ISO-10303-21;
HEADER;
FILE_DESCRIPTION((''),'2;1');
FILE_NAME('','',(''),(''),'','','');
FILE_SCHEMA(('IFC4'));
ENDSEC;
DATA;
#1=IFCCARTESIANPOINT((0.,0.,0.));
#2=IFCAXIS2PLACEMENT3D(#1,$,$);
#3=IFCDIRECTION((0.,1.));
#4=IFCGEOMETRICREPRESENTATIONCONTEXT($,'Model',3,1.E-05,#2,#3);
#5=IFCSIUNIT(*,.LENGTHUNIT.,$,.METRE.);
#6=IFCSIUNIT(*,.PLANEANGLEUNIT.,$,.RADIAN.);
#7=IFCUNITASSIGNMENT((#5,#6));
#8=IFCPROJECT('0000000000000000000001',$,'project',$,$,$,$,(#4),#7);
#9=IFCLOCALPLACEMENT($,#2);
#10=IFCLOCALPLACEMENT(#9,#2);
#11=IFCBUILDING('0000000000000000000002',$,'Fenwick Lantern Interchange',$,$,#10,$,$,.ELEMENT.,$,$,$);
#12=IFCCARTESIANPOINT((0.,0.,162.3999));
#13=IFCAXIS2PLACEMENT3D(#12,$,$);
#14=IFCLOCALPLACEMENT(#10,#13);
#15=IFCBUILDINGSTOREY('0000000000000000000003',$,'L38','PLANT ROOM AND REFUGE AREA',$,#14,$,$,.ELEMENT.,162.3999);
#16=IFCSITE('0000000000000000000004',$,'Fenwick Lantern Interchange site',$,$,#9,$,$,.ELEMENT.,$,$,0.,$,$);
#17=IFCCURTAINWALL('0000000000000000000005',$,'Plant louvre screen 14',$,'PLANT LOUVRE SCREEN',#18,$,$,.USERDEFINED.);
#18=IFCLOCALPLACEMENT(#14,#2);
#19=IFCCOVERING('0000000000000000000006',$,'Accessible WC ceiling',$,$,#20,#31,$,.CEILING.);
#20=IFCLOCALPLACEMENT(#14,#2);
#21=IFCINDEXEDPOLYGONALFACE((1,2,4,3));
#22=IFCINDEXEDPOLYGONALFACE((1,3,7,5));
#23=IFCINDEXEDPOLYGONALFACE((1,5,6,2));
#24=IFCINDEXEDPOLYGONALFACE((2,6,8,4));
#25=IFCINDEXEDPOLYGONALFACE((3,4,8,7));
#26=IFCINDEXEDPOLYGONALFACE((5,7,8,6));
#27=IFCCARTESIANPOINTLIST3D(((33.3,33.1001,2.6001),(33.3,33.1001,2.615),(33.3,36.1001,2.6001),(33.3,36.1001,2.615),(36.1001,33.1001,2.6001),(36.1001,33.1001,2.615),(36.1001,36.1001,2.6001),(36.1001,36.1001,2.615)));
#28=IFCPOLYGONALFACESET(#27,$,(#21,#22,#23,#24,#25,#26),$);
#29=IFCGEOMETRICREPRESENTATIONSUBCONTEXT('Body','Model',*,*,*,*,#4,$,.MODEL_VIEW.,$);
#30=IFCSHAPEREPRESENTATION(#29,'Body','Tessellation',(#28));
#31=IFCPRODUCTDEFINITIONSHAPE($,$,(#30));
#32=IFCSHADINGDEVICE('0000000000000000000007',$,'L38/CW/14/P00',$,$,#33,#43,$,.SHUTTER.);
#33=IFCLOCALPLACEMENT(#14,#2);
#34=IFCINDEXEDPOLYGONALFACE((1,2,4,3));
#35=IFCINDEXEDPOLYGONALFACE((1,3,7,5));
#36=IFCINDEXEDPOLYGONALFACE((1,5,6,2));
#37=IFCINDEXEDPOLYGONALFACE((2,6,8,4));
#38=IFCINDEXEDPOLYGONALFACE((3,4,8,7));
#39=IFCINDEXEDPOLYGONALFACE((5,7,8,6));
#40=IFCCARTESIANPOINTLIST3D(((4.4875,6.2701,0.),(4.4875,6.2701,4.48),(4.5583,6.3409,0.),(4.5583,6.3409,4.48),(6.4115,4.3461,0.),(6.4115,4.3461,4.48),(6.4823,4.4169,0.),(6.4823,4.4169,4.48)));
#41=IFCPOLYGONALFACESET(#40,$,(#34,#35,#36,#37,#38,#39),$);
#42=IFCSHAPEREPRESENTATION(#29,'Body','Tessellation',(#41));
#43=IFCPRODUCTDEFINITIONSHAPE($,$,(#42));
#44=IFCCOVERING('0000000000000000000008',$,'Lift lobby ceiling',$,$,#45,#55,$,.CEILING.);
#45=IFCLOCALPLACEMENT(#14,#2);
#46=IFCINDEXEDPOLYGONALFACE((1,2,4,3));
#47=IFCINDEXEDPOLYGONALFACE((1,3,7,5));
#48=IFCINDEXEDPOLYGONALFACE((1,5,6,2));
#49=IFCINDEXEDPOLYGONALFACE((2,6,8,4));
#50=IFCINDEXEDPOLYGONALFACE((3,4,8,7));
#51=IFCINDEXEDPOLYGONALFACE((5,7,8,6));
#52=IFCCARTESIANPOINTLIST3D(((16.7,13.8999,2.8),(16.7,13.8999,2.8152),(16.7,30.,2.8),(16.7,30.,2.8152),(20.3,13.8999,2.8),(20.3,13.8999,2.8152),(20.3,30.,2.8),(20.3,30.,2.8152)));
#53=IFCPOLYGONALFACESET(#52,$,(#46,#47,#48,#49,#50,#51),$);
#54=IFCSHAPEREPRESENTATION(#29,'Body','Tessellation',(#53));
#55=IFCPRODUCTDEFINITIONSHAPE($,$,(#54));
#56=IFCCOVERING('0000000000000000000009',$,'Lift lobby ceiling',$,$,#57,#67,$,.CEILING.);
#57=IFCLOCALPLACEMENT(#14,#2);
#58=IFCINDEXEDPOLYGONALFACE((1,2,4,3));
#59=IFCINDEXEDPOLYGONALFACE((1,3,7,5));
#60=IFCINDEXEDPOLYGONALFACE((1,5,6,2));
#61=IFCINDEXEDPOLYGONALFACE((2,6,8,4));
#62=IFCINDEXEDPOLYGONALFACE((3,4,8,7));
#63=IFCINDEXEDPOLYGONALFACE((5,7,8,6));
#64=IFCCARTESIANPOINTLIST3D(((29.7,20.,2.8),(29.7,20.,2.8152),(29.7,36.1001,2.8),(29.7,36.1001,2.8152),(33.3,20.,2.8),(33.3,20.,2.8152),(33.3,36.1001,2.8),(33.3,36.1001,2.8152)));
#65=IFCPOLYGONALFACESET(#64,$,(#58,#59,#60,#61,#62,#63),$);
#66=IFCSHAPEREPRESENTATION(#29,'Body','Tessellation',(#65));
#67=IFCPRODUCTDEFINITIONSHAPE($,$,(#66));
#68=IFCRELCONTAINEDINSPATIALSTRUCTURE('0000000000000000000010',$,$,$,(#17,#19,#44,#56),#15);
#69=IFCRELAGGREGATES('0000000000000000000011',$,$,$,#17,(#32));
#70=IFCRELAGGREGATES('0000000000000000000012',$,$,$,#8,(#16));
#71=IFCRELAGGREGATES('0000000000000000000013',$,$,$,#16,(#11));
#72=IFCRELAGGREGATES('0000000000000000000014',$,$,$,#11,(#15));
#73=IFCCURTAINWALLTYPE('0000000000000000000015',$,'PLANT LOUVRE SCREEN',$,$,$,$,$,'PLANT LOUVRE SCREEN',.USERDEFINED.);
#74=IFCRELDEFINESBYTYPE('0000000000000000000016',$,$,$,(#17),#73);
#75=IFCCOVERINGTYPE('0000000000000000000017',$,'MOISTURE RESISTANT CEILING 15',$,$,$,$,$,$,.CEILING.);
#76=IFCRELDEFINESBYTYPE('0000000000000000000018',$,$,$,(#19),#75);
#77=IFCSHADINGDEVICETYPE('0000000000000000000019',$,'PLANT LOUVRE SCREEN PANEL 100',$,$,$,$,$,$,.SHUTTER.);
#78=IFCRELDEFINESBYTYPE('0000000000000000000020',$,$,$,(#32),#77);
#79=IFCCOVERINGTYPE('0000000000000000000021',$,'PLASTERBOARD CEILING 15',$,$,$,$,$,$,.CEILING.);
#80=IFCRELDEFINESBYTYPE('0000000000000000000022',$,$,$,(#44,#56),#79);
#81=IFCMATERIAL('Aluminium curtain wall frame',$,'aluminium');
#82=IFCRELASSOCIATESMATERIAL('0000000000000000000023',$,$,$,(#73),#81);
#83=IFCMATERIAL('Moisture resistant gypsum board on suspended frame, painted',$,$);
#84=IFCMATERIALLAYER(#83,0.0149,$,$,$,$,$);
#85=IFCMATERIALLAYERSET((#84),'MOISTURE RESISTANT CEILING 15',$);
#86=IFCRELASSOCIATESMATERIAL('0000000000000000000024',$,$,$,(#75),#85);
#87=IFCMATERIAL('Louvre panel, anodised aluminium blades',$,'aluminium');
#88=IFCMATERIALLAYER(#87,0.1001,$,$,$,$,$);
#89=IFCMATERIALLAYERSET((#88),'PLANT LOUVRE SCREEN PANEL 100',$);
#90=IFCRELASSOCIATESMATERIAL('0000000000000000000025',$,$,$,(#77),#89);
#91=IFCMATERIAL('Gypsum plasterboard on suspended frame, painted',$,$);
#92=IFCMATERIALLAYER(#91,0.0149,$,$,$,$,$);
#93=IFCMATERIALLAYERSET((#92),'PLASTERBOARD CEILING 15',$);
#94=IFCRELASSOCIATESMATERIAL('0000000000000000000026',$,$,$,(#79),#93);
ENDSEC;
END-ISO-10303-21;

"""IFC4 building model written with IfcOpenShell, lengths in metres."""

from ifc_helpers import new_model, si_unit, direction, frame, origin, origin_2d, place, context, subcontext, project, spatial, polyline, rectangle, outline, extrude, material, layer, layer_set, type_object, element, aggregate, save


model = new_model("IFC4")

# Units and contexts
model_context = context("Model", 3, precision=1e-05, world=origin(), true_north=direction((0.0, 1.0)))
body_context = subcontext(model_context, "Body", "Model", "MODEL_VIEW")
ifc_project = project(units=[si_unit("LENGTHUNIT", "METRE"), si_unit("PLANEANGLEUNIT", "RADIAN")], contexts=[model_context])

# Site, building, storey
site_placement = place(None, origin())
site = spatial("IfcSite", under=ifc_project, at=site_placement, Name="Fenwick Lantern Interchange site", CompositionType="ELEMENT", RefElevation=0.0)
building_placement = place(site_placement, origin())
building = spatial("IfcBuilding", under=site, at=building_placement, Name="Fenwick Lantern Interchange", CompositionType="ELEMENT")
storey_placement = place(building_placement, frame((0.0, 0.0, 162.3999)))
storey = spatial("IfcBuildingStorey", under=building, at=storey_placement, Name="L38", Description="PLANT ROOM AND REFUGE AREA", CompositionType="ELEMENT", Elevation=162.3999)

# Shared definitions
ifc_material_1 = material(Name="Aluminium curtain wall frame", Category="aluminium")
curtain_wall_type = type_object("IfcCurtainWallType", Name="PLANT LOUVRE SCREEN", ElementType="PLANT LOUVRE SCREEN", PredefinedType="USERDEFINED", material=ifc_material_1)

# Curtain wall
curtain_wall_1_placement = place(storey_placement, origin())
curtain_wall_1 = element("IfcCurtainWall", 1, at=curtain_wall_1_placement, inside=storey, type_object=curtain_wall_type, Name="Plant louvre screen 14", ObjectType="PLANT LOUVRE SCREEN", PredefinedType="USERDEFINED")

# Covering
ifc_material_2 = material(Name="Moisture resistant gypsum board on suspended frame, painted")
ifc_layer_1 = layer(ifc_material_2, 0.0149)
ifc_layer_set_1 = layer_set([ifc_layer_1], Name="MOISTURE RESISTANT CEILING 15")
covering_type_1 = type_object("IfcCoveringType", Name="MOISTURE RESISTANT CEILING 15", PredefinedType="CEILING", material=ifc_layer_set_1)
covering_1_placement = place(storey_placement, frame((0.0, 0.0, 2.6001)))
element("IfcCovering", 2, at=covering_1_placement, inside=storey, type_object=covering_type_1, Name="Accessible WC ceiling", PredefinedType="CEILING", context=body_context, shape_type="SweptSolid", body=[
    extrude(outline(polyline([(36.1001, 36.1001), (33.3, 36.1001), (33.3, 33.1001), (36.1001, 33.1001), (36.1001, 36.1001)])), origin(), (0.0, 0.0, 1.0), 0.0149),
])

# Shading device
ifc_material_3 = material(Name="Louvre panel, anodised aluminium blades", Category="aluminium")
ifc_layer_2 = layer(ifc_material_3, 0.1001)
ifc_layer_set_2 = layer_set([ifc_layer_2], Name="PLANT LOUVRE SCREEN PANEL 100")
shading_device_type = type_object("IfcShadingDeviceType", Name="PLANT LOUVRE SCREEN PANEL 100", PredefinedType="SHUTTER", material=ifc_layer_set_2)
shading_device_placement = place(storey_placement, frame((5.4849, 5.3435, 0.0), z_axis=(0.0, 0.0, 1.0), x_axis=(0.707107, -0.707107, 0.0)))
shading_device = element("IfcShadingDevice", 3, at=shading_device_placement, type_object=shading_device_type, Name="L38/CW/14/P00", PredefinedType="SHUTTER", context=body_context, shape_type="SweptSolid", body=[
    extrude(rectangle(XDim=2.7209, YDim=0.1001, at=origin_2d()), origin(), (0.0, 0.0, 1.0), 4.48),
])
aggregate(curtain_wall_1, [shading_device])

# Coverings
ifc_material_4 = material(Name="Gypsum plasterboard on suspended frame, painted")
ifc_layer_3 = layer(ifc_material_4, 0.0149)
ifc_layer_set_3 = layer_set([ifc_layer_3], Name="PLASTERBOARD CEILING 15")
covering_type_2 = type_object("IfcCoveringType", Name="PLASTERBOARD CEILING 15", PredefinedType="CEILING", material=ifc_layer_set_3)
covering_2_placement = place(storey_placement, frame((0.0, 0.0, 2.8)))
element("IfcCovering", 4, at=covering_2_placement, inside=storey, type_object=covering_type_2, Name="Lift lobby ceiling", PredefinedType="CEILING", context=body_context, shape_type="SweptSolid", body=[
    extrude(outline(polyline([(16.7, 13.8999), (20.3, 13.8999), (20.3, 30.0), (16.7, 30.0), (16.7, 13.8999)])), origin(), (0.0, 0.0, 1.0), 0.0151),
])
covering_3_placement = place(storey_placement, frame((0.0, 0.0, 2.8)))
element("IfcCovering", 5, at=covering_3_placement, inside=storey, type_object=covering_type_2, Name="Lift lobby ceiling", PredefinedType="CEILING", context=body_context, shape_type="SweptSolid", body=[
    extrude(outline(polyline([(33.3, 36.1001), (29.7, 36.1001), (29.7, 20.0), (33.3, 20.0), (33.3, 36.1001)])), origin(), (0.0, 0.0, 1.0), 0.0151),
])

save(model, "model.ifc")
